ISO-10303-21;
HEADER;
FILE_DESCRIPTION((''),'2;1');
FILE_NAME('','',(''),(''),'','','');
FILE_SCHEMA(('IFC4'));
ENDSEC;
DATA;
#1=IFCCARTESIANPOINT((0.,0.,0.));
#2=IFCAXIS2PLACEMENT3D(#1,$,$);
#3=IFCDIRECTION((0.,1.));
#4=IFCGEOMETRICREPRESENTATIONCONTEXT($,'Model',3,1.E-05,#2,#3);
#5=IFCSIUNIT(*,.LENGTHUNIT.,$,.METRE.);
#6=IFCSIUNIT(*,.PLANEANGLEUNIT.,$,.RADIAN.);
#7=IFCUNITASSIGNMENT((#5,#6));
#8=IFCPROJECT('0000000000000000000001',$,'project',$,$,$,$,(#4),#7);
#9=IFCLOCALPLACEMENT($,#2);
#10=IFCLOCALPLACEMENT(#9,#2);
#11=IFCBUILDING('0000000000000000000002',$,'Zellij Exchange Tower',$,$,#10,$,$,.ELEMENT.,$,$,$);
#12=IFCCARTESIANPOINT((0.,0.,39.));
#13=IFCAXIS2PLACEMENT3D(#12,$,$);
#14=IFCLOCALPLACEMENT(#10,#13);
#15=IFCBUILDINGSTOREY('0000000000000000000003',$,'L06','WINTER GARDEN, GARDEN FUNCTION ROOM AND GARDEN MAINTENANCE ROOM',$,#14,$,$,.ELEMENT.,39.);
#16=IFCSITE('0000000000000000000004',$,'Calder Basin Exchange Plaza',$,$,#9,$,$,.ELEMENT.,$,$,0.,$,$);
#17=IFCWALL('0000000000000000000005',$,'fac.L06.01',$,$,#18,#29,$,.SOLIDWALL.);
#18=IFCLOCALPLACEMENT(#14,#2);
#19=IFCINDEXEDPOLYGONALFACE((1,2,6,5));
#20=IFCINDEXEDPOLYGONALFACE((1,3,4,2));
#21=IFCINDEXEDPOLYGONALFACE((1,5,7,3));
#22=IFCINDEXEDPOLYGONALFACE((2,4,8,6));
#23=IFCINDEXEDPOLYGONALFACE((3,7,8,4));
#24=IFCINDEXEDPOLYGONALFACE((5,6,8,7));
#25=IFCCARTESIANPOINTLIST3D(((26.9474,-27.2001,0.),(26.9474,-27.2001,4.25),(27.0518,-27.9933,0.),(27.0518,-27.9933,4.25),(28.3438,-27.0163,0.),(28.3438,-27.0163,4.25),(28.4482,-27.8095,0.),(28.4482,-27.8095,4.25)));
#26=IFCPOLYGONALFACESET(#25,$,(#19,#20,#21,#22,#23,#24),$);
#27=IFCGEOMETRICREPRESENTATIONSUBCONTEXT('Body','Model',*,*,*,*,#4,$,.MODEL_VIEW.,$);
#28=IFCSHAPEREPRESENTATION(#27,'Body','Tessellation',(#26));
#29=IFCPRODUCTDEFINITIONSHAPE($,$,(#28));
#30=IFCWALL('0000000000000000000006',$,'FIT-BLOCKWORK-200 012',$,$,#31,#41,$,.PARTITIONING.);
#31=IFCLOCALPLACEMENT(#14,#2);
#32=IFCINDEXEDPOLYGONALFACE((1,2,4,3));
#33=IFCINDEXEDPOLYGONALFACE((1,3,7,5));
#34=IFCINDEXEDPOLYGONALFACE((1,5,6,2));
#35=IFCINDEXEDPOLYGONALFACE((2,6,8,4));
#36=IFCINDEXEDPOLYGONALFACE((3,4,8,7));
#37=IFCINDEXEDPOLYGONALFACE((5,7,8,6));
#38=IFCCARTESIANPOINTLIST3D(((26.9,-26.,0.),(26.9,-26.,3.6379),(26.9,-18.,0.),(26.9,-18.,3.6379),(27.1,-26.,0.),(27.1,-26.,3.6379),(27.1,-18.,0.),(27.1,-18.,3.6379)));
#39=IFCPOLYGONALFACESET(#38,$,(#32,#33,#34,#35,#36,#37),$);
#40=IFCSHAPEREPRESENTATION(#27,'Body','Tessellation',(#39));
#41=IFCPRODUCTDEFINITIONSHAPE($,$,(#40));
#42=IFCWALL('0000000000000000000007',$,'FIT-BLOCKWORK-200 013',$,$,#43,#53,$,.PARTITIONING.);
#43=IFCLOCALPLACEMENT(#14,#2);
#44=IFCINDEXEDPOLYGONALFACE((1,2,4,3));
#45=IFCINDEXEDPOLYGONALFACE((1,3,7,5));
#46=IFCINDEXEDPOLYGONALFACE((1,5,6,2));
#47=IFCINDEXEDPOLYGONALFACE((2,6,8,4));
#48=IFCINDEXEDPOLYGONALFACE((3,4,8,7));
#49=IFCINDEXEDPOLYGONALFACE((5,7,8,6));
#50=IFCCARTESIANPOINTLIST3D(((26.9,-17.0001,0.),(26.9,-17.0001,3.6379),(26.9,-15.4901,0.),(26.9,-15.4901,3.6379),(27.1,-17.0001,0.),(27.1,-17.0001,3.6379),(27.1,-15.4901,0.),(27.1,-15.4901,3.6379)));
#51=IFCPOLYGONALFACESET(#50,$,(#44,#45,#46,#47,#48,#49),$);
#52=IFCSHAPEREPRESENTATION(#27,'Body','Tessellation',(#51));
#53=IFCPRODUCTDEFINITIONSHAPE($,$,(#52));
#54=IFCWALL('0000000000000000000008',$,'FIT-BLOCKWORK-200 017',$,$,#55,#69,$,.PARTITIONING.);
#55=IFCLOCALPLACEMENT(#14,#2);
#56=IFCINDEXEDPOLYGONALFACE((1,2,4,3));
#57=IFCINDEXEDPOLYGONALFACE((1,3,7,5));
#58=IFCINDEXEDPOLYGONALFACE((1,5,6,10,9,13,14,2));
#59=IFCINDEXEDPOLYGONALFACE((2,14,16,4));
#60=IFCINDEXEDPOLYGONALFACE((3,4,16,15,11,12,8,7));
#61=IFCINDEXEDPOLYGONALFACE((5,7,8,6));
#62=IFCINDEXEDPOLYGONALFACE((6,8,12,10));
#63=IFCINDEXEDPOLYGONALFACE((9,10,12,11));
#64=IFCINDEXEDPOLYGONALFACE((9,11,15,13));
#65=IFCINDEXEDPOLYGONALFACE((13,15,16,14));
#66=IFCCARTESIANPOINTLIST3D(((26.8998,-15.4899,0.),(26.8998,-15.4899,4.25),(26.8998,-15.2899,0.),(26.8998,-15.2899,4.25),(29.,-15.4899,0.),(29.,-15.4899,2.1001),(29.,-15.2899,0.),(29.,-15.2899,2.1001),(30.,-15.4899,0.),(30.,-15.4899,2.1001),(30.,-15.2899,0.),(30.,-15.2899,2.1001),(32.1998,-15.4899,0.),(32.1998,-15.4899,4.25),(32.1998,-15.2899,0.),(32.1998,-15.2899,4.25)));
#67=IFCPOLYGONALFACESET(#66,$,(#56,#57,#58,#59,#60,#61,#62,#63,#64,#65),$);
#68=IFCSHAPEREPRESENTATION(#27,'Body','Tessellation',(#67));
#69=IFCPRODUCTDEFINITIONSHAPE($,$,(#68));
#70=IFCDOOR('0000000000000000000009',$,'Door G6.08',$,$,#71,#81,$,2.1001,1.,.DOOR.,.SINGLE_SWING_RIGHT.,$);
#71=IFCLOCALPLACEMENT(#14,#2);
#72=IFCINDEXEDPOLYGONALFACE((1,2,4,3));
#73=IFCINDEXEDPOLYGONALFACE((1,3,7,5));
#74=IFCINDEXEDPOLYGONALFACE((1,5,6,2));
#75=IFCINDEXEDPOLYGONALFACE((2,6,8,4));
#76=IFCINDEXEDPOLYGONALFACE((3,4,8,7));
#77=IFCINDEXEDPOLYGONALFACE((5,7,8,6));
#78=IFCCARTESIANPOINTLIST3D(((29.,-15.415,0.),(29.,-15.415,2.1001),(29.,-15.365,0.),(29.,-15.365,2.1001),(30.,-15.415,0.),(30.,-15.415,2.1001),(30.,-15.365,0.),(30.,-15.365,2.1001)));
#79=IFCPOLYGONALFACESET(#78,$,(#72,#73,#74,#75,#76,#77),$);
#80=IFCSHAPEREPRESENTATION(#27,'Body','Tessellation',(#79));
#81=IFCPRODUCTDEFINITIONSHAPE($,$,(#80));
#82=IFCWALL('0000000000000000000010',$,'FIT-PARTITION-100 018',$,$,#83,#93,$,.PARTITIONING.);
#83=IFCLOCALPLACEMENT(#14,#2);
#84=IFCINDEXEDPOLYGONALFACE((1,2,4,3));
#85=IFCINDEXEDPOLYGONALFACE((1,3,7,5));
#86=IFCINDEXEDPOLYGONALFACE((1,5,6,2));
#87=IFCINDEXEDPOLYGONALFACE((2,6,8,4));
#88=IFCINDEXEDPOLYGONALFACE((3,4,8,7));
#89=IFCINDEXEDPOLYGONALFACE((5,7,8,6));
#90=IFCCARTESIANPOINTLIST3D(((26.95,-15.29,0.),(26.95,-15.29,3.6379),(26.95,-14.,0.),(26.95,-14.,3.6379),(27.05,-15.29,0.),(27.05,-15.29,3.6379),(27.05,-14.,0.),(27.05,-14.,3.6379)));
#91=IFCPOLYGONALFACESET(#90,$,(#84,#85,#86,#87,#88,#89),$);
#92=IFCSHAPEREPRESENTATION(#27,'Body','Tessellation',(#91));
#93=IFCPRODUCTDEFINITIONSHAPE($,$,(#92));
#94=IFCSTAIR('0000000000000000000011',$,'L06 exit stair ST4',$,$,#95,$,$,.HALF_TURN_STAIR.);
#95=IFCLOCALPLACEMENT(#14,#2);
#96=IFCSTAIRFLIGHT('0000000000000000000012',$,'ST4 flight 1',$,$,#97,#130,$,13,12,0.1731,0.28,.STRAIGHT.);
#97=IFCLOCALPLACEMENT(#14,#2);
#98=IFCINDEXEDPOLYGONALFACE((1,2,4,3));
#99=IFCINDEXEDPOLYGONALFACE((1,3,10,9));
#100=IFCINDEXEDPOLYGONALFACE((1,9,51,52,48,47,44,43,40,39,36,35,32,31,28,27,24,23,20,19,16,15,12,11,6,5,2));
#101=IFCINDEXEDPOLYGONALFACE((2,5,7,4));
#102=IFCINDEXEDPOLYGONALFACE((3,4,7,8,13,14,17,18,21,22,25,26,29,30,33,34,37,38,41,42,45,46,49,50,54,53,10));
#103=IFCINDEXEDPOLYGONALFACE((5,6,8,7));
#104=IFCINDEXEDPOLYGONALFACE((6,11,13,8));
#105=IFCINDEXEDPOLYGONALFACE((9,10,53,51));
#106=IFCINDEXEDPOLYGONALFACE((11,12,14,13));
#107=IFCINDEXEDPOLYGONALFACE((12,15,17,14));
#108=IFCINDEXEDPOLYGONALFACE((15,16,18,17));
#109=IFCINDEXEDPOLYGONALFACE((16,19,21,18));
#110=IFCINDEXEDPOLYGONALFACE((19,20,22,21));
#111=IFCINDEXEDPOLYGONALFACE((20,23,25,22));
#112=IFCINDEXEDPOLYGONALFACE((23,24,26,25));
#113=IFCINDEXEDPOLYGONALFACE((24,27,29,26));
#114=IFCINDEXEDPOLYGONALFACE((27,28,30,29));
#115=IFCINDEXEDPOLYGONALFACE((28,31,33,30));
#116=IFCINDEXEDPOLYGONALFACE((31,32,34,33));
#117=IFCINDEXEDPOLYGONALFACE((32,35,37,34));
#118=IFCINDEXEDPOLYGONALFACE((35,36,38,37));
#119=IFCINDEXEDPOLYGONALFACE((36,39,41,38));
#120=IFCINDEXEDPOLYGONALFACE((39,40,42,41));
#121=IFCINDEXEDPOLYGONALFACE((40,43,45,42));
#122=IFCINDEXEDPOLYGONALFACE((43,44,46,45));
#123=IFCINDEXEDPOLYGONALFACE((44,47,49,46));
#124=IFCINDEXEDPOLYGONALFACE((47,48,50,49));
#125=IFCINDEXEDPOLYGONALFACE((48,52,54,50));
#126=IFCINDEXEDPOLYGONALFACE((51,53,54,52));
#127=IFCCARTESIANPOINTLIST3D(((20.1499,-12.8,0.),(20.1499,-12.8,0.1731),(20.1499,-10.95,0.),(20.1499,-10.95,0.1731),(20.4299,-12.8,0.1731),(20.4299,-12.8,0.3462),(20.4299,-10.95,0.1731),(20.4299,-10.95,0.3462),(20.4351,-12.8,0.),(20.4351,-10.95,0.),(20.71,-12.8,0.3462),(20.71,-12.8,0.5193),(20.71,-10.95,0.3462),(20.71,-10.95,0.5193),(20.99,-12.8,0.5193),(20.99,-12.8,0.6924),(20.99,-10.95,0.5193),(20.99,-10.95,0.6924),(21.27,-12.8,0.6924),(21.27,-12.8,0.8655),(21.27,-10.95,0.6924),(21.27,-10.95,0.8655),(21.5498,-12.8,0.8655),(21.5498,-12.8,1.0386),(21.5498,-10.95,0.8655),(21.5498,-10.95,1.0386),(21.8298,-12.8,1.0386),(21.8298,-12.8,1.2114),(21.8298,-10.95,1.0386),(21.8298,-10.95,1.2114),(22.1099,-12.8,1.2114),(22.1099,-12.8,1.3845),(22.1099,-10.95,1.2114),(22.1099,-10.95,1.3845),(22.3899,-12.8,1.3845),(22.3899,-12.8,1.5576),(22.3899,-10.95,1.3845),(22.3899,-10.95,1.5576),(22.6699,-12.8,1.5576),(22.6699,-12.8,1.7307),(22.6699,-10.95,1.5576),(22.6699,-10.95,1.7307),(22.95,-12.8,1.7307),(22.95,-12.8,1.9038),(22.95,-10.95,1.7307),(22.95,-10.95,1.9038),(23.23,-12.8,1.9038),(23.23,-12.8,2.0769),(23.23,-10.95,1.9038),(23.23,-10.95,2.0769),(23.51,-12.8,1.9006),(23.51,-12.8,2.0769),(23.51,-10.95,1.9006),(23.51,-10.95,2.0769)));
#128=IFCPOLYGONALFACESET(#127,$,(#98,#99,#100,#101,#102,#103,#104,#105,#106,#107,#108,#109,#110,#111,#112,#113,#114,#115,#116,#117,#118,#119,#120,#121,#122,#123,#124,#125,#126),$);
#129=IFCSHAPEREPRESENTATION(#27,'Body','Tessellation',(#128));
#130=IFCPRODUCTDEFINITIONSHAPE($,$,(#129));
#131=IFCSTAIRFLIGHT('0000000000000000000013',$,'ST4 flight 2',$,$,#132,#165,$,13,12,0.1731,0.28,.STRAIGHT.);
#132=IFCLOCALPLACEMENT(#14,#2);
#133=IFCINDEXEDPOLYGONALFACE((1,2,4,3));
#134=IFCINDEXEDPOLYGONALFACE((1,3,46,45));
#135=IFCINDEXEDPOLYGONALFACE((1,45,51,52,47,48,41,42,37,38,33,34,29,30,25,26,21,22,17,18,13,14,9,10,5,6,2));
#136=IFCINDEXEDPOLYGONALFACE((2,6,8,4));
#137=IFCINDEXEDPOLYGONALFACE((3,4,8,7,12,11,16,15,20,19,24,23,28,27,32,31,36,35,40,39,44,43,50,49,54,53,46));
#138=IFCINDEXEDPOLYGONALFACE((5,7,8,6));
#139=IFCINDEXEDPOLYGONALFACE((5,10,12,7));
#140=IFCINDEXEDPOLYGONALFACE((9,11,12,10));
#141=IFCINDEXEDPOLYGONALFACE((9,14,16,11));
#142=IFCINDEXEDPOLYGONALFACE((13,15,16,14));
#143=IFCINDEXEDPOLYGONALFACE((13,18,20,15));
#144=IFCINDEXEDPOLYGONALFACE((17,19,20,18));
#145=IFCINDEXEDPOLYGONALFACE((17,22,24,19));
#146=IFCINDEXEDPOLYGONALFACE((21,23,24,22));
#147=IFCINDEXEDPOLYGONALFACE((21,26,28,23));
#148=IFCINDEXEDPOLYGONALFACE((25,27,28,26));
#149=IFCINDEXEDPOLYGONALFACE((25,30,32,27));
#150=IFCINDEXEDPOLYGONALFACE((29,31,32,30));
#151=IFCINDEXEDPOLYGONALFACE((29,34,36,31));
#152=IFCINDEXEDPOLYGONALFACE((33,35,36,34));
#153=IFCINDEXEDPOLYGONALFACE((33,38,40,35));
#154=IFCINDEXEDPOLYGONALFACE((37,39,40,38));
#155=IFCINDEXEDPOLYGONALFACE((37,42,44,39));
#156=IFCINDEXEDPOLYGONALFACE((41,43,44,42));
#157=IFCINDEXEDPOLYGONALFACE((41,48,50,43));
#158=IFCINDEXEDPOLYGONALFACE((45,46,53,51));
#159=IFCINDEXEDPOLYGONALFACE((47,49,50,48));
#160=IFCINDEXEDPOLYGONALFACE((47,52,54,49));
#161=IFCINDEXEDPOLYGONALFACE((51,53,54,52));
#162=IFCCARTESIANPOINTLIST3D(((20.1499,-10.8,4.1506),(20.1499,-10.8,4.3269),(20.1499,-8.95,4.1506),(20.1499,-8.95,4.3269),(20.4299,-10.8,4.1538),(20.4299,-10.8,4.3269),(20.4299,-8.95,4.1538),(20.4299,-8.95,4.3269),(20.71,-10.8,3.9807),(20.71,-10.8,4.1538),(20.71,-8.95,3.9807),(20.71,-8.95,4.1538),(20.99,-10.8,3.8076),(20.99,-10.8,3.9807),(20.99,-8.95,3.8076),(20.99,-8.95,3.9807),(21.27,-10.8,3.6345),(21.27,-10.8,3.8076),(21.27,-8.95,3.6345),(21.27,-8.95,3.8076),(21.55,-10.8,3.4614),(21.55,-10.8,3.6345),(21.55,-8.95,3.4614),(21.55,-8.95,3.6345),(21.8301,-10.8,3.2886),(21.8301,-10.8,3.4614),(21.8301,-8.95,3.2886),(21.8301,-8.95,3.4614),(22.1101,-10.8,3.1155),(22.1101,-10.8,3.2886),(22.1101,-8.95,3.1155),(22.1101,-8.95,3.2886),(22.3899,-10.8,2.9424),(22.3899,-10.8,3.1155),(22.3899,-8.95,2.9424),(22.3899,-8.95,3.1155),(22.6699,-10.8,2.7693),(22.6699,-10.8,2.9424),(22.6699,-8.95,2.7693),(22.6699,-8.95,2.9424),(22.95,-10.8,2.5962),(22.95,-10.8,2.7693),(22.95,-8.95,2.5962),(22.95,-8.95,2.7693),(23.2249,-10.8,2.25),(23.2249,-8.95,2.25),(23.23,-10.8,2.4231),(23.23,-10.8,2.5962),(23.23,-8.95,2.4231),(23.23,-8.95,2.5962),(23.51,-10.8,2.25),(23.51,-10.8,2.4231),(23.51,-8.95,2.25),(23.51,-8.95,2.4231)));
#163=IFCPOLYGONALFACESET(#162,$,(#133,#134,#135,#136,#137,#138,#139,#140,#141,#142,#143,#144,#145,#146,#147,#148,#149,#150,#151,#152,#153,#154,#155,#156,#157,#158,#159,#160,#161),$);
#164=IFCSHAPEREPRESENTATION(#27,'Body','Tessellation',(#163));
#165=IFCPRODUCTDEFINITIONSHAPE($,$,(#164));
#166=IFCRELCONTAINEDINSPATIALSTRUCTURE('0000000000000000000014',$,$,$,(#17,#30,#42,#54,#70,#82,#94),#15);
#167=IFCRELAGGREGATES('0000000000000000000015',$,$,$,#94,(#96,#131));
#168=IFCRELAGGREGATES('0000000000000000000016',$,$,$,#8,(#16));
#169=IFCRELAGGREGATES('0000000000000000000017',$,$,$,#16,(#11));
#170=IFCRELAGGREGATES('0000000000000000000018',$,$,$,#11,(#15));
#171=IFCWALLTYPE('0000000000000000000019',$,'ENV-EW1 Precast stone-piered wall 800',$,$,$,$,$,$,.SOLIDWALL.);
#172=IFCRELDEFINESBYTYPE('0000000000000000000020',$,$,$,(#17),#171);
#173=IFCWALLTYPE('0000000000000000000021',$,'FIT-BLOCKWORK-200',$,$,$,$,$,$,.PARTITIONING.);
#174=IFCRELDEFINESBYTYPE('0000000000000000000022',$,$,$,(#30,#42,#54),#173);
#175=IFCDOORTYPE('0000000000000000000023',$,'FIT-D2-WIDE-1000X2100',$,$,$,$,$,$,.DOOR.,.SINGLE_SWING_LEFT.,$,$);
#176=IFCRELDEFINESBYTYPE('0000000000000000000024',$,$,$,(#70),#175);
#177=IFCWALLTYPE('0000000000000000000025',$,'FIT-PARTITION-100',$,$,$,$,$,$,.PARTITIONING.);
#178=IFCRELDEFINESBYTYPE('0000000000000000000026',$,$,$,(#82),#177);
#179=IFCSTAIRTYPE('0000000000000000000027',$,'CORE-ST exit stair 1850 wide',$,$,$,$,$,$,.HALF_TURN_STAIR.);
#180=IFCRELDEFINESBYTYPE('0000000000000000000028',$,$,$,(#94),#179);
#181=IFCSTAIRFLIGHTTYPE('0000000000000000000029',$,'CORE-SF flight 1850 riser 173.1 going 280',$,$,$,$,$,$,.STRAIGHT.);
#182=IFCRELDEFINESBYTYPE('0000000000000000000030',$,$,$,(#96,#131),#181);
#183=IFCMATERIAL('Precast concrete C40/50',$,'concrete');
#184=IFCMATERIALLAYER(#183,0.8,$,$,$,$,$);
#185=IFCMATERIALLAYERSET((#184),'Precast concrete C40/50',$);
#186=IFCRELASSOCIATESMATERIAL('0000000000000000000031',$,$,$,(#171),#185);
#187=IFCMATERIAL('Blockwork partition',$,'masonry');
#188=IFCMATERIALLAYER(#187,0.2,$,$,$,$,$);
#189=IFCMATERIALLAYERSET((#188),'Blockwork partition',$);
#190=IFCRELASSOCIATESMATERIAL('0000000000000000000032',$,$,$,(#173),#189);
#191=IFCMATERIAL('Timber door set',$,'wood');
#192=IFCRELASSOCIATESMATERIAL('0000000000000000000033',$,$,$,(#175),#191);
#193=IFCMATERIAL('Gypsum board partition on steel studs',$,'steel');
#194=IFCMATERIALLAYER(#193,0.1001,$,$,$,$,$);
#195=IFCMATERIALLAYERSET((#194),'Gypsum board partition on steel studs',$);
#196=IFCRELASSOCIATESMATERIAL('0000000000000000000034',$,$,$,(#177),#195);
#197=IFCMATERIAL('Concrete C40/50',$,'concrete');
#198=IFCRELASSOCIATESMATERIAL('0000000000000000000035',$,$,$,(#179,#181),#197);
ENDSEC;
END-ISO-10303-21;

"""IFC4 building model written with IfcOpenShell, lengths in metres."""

from ifc_helpers import new_model, si_unit, direction, frame, frame_2d, origin, place, context, subcontext, project, spatial, polyline, rectangle, outline, extrude, material, layer, layer_set, type_object, element, fill, aggregate, save


model = new_model("IFC4")

# Units and contexts
model_context = context("Model", 3, precision=1e-05, world=origin(), true_north=direction((0.0, 1.0)))
body_context = subcontext(model_context, "Body", "Model", "MODEL_VIEW")
ifc_project = project(units=[si_unit("LENGTHUNIT", "METRE"), si_unit("PLANEANGLEUNIT", "RADIAN")], contexts=[model_context])

# Site, building, storey
site_placement = place(None, origin())
site = spatial("IfcSite", under=ifc_project, at=site_placement, Name="Calder Basin Exchange Plaza", CompositionType="ELEMENT", RefElevation=0.0)
building_placement = place(site_placement, origin())
building = spatial("IfcBuilding", under=site, at=building_placement, Name="Zellij Exchange Tower", CompositionType="ELEMENT")
storey_placement = place(building_placement, frame((0.0, 0.0, 39.0)))
storey = spatial("IfcBuildingStorey", under=building, at=storey_placement, Name="L06", Description="WINTER GARDEN, GARDEN FUNCTION ROOM AND GARDEN MAINTENANCE ROOM", CompositionType="ELEMENT", Elevation=39.0)

# Walls
ifc_material_1 = material(Name="Precast concrete C40/50", Category="concrete")
ifc_layer_1 = layer(ifc_material_1, 0.8)
ifc_layer_set_1 = layer_set([ifc_layer_1], Name="Precast concrete C40/50")
wall_type_1 = type_object("IfcWallType", Name="ENV-EW1 Precast stone-piered wall 800", PredefinedType="SOLIDWALL", material=ifc_layer_set_1)
wall_1_placement = place(storey_placement, frame((26.9998, -27.5967, 0.0), z_axis=(0.0, 0.0, 1.0), x_axis=(0.991446, 0.130517, 0.0)))
element("IfcWall", 1, at=wall_1_placement, inside=storey, type_object=wall_type_1, Name="fac.L06.01", PredefinedType="SOLIDWALL", context=body_context, shape_type="SweptSolid", body=[
    extrude(rectangle(XDim=1.4084, YDim=0.8, at=frame_2d((0.7041, 0.0))), origin(), (0.0, 0.0, 1.0), 4.25),
])
ifc_material_2 = material(Name="Blockwork partition", Category="masonry")
ifc_layer_2 = layer(ifc_material_2, 0.2)
ifc_layer_set_2 = layer_set([ifc_layer_2], Name="Blockwork partition")
wall_type_2 = type_object("IfcWallType", Name="FIT-BLOCKWORK-200", PredefinedType="PARTITIONING", material=ifc_layer_set_2)
wall_2_placement = place(storey_placement, frame((27.0, -26.0, 0.0), z_axis=(0.0, 0.0, 1.0), x_axis=(0.0, 1.0, 0.0)))
element("IfcWall", 2, at=wall_2_placement, inside=storey, type_object=wall_type_2, Name="FIT-BLOCKWORK-200 012", PredefinedType="PARTITIONING", context=body_context, shape_type="SweptSolid", body=[
    extrude(rectangle(XDim=8.0, YDim=0.2, at=frame_2d((4.0, 0.0))), origin(), (0.0, 0.0, 1.0), 3.6379),
])
wall_3_placement = place(storey_placement, frame((27.0, -17.0, 0.0), z_axis=(0.0, 0.0, 1.0), x_axis=(0.0, 1.0, 0.0)))
element("IfcWall", 3, at=wall_3_placement, inside=storey, type_object=wall_type_2, Name="FIT-BLOCKWORK-200 013", PredefinedType="PARTITIONING", context=body_context, shape_type="SweptSolid", body=[
    extrude(rectangle(XDim=1.51, YDim=0.2, at=frame_2d((0.7549, 0.0))), origin(), (0.0, 0.0, 1.0), 3.6379),
])

# Wall, opening, door
wall_4_placement = place(storey_placement, frame((26.8999, -15.3899, 0.0), z_axis=(0.0, 0.0, 1.0), x_axis=(1.0, 0.0, 0.0)))
wall_4 = element("IfcWall", 4, at=wall_4_placement, inside=storey, type_object=wall_type_2, Name="FIT-BLOCKWORK-200 017", PredefinedType="PARTITIONING", context=body_context, shape_type="SweptSolid", body=[
    extrude(rectangle(XDim=5.3, YDim=0.2, at=frame_2d((2.6499, 0.0))), origin(), (0.0, 0.0, 1.0), 4.25),
])
opening_1_placement = place(wall_4_placement, frame((2.1001, 0.0, 0.0)))
opening_1 = element("IfcOpeningElement", 5, at=opening_1_placement, cuts=wall_4, PredefinedType="OPENING", context=body_context, shape_type="SweptSolid", body=[
    extrude(rectangle(XDim=1.0, YDim=2.1001, at=frame_2d((0.5, 1.05))), frame((0.0, 0.1118, 0.0), z_axis=(0.0, -1.0, 0.0), x_axis=(1.0, 0.0, 0.0)), (0.0, 0.0, 1.0), 0.2239),
])
ifc_material_3 = material(Name="Timber door set", Category="wood")
door_type_1 = type_object("IfcDoorType", Name="FIT-D2-WIDE-1000X2100", OperationType="SINGLE_SWING_LEFT", PredefinedType="DOOR", material=ifc_material_3)
door_1_placement = place(opening_1_placement, origin())
door_1 = element("IfcDoor", 6, at=door_1_placement, inside=storey, type_object=door_type_1, Name="Door G6.08", OperationType="SINGLE_SWING_RIGHT", OverallHeight=2.1001, OverallWidth=1.0, PredefinedType="DOOR", context=body_context, shape_type="SweptSolid", body=[
    extrude(rectangle(XDim=1.0, YDim=2.1001, at=frame_2d((0.5, 1.05))), frame((0.0, 0.0249, 0.0), z_axis=(0.0, -1.0, 0.0), x_axis=(1.0, 0.0, 0.0)), (0.0, 0.0, 1.0), 0.05),
])
fill(opening_1, door_1)

# Wall
ifc_material_4 = material(Name="Gypsum board partition on steel studs", Category="steel")
ifc_layer_3 = layer(ifc_material_4, 0.1001)
ifc_layer_set_3 = layer_set([ifc_layer_3], Name="Gypsum board partition on steel studs")
wall_type_3 = type_object("IfcWallType", Name="FIT-PARTITION-100", PredefinedType="PARTITIONING", material=ifc_layer_set_3)
wall_5_placement = place(storey_placement, frame((27.0, -15.29, 0.0), z_axis=(0.0, 0.0, 1.0), x_axis=(0.0, 1.0, 0.0)))
element("IfcWall", 7, at=wall_5_placement, inside=storey, type_object=wall_type_3, Name="FIT-PARTITION-100 018", PredefinedType="PARTITIONING", context=body_context, shape_type="SweptSolid", body=[
    extrude(rectangle(XDim=1.29, YDim=0.1001, at=frame_2d((0.645, 0.0))), origin(), (0.0, 0.0, 1.0), 3.6379),
])

# Stair, stair flights
ifc_material_5 = material(Name="Concrete C40/50", Category="concrete")
stair_type = type_object("IfcStairType", Name="CORE-ST exit stair 1850 wide", PredefinedType="HALF_TURN_STAIR", material=ifc_material_5)
stair_placement = place(storey_placement, origin())
stair = element("IfcStair", 8, at=stair_placement, inside=storey, type_object=stair_type, Name="L06 exit stair ST4", PredefinedType="HALF_TURN_STAIR")
stair_flight_type = type_object("IfcStairFlightType", Name="CORE-SF flight 1850 riser 173.1 going 280", PredefinedType="STRAIGHT", material=ifc_material_5)
stair_flight_1_placement = place(storey_placement, frame((20.1499, -11.875, 0.0), z_axis=(0.0, 0.0, 1.0), x_axis=(1.0, 0.0, 0.0)))
stair_flight_1 = element("IfcStairFlight", 9, at=stair_flight_1_placement, type_object=stair_flight_type, Name="ST4 flight 1", NumberOfRisers=13, NumberOfTreads=12, PredefinedType="STRAIGHT", RiserHeight=0.1731, TreadLength=0.28, context=body_context, shape_type="SweptSolid", body=[
    extrude(outline(polyline([(0.0, 0.0), (0.0, 0.1731), (0.28, 0.1731), (0.28, 0.3462), (0.5601, 0.3462), (0.5601, 0.5193), (0.8401, 0.5193), (0.8401, 0.6924), (1.1201, 0.6924), (1.1201, 0.8655), (1.3999, 0.8655), (1.3999, 1.0386), (1.6799, 1.0386), (1.6799, 1.2114), (1.96, 1.2114), (1.96, 1.3845), (2.24, 1.3845), (2.24, 1.5576), (2.52, 1.5576), (2.52, 1.7307), (2.8, 1.7307), (2.8, 1.9038), (3.0801, 1.9038), (3.0801, 2.0769), (3.3601, 2.0769), (3.3601, 2.25), (3.3601, 1.9006), (0.2852, 0.0), (0.0, 0.0)])), frame((0.0, 0.925, 0.0), z_axis=(0.0, -1.0, 0.0), x_axis=(1.0, 0.0, 0.0)), (0.0, 0.0, 1.0), 1.8501),
])
stair_flight_2_placement = place(storey_placement, frame((23.51, -9.875, 2.25), z_axis=(0.0, 0.0, 1.0), x_axis=(-1.0, 0.0, 0.0)))
stair_flight_2 = element("IfcStairFlight", 10, at=stair_flight_2_placement, type_object=stair_flight_type, Name="ST4 flight 2", NumberOfRisers=13, NumberOfTreads=12, PredefinedType="STRAIGHT", RiserHeight=0.1731, TreadLength=0.28, context=body_context, shape_type="SweptSolid", body=[
    extrude(outline(polyline([(0.0, 0.0), (0.0, 0.1731), (0.28, 0.1731), (0.28, 0.3462), (0.5601, 0.3462), (0.5601, 0.5193), (0.8401, 0.5193), (0.8401, 0.6924), (1.1201, 0.6924), (1.1201, 0.8655), (1.3999, 0.8655), (1.3999, 1.0386), (1.6799, 1.0386), (1.6799, 1.2114), (1.96, 1.2114), (1.96, 1.3845), (2.24, 1.3845), (2.24, 1.5576), (2.52, 1.5576), (2.52, 1.7307), (2.8, 1.7307), (2.8, 1.9038), (3.0801, 1.9038), (3.0801, 2.0769), (3.3601, 2.0769), (3.3601, 2.25), (3.3601, 1.9006), (0.2852, 0.0), (0.0, 0.0)])), frame((0.0, 0.925, 0.0), z_axis=(0.0, -1.0, 0.0), x_axis=(1.0, 0.0, 0.0)), (0.0, 0.0, 1.0), 1.8501),
])
aggregate(stair, [stair_flight_1, stair_flight_2])

save(model, "model.ifc")
